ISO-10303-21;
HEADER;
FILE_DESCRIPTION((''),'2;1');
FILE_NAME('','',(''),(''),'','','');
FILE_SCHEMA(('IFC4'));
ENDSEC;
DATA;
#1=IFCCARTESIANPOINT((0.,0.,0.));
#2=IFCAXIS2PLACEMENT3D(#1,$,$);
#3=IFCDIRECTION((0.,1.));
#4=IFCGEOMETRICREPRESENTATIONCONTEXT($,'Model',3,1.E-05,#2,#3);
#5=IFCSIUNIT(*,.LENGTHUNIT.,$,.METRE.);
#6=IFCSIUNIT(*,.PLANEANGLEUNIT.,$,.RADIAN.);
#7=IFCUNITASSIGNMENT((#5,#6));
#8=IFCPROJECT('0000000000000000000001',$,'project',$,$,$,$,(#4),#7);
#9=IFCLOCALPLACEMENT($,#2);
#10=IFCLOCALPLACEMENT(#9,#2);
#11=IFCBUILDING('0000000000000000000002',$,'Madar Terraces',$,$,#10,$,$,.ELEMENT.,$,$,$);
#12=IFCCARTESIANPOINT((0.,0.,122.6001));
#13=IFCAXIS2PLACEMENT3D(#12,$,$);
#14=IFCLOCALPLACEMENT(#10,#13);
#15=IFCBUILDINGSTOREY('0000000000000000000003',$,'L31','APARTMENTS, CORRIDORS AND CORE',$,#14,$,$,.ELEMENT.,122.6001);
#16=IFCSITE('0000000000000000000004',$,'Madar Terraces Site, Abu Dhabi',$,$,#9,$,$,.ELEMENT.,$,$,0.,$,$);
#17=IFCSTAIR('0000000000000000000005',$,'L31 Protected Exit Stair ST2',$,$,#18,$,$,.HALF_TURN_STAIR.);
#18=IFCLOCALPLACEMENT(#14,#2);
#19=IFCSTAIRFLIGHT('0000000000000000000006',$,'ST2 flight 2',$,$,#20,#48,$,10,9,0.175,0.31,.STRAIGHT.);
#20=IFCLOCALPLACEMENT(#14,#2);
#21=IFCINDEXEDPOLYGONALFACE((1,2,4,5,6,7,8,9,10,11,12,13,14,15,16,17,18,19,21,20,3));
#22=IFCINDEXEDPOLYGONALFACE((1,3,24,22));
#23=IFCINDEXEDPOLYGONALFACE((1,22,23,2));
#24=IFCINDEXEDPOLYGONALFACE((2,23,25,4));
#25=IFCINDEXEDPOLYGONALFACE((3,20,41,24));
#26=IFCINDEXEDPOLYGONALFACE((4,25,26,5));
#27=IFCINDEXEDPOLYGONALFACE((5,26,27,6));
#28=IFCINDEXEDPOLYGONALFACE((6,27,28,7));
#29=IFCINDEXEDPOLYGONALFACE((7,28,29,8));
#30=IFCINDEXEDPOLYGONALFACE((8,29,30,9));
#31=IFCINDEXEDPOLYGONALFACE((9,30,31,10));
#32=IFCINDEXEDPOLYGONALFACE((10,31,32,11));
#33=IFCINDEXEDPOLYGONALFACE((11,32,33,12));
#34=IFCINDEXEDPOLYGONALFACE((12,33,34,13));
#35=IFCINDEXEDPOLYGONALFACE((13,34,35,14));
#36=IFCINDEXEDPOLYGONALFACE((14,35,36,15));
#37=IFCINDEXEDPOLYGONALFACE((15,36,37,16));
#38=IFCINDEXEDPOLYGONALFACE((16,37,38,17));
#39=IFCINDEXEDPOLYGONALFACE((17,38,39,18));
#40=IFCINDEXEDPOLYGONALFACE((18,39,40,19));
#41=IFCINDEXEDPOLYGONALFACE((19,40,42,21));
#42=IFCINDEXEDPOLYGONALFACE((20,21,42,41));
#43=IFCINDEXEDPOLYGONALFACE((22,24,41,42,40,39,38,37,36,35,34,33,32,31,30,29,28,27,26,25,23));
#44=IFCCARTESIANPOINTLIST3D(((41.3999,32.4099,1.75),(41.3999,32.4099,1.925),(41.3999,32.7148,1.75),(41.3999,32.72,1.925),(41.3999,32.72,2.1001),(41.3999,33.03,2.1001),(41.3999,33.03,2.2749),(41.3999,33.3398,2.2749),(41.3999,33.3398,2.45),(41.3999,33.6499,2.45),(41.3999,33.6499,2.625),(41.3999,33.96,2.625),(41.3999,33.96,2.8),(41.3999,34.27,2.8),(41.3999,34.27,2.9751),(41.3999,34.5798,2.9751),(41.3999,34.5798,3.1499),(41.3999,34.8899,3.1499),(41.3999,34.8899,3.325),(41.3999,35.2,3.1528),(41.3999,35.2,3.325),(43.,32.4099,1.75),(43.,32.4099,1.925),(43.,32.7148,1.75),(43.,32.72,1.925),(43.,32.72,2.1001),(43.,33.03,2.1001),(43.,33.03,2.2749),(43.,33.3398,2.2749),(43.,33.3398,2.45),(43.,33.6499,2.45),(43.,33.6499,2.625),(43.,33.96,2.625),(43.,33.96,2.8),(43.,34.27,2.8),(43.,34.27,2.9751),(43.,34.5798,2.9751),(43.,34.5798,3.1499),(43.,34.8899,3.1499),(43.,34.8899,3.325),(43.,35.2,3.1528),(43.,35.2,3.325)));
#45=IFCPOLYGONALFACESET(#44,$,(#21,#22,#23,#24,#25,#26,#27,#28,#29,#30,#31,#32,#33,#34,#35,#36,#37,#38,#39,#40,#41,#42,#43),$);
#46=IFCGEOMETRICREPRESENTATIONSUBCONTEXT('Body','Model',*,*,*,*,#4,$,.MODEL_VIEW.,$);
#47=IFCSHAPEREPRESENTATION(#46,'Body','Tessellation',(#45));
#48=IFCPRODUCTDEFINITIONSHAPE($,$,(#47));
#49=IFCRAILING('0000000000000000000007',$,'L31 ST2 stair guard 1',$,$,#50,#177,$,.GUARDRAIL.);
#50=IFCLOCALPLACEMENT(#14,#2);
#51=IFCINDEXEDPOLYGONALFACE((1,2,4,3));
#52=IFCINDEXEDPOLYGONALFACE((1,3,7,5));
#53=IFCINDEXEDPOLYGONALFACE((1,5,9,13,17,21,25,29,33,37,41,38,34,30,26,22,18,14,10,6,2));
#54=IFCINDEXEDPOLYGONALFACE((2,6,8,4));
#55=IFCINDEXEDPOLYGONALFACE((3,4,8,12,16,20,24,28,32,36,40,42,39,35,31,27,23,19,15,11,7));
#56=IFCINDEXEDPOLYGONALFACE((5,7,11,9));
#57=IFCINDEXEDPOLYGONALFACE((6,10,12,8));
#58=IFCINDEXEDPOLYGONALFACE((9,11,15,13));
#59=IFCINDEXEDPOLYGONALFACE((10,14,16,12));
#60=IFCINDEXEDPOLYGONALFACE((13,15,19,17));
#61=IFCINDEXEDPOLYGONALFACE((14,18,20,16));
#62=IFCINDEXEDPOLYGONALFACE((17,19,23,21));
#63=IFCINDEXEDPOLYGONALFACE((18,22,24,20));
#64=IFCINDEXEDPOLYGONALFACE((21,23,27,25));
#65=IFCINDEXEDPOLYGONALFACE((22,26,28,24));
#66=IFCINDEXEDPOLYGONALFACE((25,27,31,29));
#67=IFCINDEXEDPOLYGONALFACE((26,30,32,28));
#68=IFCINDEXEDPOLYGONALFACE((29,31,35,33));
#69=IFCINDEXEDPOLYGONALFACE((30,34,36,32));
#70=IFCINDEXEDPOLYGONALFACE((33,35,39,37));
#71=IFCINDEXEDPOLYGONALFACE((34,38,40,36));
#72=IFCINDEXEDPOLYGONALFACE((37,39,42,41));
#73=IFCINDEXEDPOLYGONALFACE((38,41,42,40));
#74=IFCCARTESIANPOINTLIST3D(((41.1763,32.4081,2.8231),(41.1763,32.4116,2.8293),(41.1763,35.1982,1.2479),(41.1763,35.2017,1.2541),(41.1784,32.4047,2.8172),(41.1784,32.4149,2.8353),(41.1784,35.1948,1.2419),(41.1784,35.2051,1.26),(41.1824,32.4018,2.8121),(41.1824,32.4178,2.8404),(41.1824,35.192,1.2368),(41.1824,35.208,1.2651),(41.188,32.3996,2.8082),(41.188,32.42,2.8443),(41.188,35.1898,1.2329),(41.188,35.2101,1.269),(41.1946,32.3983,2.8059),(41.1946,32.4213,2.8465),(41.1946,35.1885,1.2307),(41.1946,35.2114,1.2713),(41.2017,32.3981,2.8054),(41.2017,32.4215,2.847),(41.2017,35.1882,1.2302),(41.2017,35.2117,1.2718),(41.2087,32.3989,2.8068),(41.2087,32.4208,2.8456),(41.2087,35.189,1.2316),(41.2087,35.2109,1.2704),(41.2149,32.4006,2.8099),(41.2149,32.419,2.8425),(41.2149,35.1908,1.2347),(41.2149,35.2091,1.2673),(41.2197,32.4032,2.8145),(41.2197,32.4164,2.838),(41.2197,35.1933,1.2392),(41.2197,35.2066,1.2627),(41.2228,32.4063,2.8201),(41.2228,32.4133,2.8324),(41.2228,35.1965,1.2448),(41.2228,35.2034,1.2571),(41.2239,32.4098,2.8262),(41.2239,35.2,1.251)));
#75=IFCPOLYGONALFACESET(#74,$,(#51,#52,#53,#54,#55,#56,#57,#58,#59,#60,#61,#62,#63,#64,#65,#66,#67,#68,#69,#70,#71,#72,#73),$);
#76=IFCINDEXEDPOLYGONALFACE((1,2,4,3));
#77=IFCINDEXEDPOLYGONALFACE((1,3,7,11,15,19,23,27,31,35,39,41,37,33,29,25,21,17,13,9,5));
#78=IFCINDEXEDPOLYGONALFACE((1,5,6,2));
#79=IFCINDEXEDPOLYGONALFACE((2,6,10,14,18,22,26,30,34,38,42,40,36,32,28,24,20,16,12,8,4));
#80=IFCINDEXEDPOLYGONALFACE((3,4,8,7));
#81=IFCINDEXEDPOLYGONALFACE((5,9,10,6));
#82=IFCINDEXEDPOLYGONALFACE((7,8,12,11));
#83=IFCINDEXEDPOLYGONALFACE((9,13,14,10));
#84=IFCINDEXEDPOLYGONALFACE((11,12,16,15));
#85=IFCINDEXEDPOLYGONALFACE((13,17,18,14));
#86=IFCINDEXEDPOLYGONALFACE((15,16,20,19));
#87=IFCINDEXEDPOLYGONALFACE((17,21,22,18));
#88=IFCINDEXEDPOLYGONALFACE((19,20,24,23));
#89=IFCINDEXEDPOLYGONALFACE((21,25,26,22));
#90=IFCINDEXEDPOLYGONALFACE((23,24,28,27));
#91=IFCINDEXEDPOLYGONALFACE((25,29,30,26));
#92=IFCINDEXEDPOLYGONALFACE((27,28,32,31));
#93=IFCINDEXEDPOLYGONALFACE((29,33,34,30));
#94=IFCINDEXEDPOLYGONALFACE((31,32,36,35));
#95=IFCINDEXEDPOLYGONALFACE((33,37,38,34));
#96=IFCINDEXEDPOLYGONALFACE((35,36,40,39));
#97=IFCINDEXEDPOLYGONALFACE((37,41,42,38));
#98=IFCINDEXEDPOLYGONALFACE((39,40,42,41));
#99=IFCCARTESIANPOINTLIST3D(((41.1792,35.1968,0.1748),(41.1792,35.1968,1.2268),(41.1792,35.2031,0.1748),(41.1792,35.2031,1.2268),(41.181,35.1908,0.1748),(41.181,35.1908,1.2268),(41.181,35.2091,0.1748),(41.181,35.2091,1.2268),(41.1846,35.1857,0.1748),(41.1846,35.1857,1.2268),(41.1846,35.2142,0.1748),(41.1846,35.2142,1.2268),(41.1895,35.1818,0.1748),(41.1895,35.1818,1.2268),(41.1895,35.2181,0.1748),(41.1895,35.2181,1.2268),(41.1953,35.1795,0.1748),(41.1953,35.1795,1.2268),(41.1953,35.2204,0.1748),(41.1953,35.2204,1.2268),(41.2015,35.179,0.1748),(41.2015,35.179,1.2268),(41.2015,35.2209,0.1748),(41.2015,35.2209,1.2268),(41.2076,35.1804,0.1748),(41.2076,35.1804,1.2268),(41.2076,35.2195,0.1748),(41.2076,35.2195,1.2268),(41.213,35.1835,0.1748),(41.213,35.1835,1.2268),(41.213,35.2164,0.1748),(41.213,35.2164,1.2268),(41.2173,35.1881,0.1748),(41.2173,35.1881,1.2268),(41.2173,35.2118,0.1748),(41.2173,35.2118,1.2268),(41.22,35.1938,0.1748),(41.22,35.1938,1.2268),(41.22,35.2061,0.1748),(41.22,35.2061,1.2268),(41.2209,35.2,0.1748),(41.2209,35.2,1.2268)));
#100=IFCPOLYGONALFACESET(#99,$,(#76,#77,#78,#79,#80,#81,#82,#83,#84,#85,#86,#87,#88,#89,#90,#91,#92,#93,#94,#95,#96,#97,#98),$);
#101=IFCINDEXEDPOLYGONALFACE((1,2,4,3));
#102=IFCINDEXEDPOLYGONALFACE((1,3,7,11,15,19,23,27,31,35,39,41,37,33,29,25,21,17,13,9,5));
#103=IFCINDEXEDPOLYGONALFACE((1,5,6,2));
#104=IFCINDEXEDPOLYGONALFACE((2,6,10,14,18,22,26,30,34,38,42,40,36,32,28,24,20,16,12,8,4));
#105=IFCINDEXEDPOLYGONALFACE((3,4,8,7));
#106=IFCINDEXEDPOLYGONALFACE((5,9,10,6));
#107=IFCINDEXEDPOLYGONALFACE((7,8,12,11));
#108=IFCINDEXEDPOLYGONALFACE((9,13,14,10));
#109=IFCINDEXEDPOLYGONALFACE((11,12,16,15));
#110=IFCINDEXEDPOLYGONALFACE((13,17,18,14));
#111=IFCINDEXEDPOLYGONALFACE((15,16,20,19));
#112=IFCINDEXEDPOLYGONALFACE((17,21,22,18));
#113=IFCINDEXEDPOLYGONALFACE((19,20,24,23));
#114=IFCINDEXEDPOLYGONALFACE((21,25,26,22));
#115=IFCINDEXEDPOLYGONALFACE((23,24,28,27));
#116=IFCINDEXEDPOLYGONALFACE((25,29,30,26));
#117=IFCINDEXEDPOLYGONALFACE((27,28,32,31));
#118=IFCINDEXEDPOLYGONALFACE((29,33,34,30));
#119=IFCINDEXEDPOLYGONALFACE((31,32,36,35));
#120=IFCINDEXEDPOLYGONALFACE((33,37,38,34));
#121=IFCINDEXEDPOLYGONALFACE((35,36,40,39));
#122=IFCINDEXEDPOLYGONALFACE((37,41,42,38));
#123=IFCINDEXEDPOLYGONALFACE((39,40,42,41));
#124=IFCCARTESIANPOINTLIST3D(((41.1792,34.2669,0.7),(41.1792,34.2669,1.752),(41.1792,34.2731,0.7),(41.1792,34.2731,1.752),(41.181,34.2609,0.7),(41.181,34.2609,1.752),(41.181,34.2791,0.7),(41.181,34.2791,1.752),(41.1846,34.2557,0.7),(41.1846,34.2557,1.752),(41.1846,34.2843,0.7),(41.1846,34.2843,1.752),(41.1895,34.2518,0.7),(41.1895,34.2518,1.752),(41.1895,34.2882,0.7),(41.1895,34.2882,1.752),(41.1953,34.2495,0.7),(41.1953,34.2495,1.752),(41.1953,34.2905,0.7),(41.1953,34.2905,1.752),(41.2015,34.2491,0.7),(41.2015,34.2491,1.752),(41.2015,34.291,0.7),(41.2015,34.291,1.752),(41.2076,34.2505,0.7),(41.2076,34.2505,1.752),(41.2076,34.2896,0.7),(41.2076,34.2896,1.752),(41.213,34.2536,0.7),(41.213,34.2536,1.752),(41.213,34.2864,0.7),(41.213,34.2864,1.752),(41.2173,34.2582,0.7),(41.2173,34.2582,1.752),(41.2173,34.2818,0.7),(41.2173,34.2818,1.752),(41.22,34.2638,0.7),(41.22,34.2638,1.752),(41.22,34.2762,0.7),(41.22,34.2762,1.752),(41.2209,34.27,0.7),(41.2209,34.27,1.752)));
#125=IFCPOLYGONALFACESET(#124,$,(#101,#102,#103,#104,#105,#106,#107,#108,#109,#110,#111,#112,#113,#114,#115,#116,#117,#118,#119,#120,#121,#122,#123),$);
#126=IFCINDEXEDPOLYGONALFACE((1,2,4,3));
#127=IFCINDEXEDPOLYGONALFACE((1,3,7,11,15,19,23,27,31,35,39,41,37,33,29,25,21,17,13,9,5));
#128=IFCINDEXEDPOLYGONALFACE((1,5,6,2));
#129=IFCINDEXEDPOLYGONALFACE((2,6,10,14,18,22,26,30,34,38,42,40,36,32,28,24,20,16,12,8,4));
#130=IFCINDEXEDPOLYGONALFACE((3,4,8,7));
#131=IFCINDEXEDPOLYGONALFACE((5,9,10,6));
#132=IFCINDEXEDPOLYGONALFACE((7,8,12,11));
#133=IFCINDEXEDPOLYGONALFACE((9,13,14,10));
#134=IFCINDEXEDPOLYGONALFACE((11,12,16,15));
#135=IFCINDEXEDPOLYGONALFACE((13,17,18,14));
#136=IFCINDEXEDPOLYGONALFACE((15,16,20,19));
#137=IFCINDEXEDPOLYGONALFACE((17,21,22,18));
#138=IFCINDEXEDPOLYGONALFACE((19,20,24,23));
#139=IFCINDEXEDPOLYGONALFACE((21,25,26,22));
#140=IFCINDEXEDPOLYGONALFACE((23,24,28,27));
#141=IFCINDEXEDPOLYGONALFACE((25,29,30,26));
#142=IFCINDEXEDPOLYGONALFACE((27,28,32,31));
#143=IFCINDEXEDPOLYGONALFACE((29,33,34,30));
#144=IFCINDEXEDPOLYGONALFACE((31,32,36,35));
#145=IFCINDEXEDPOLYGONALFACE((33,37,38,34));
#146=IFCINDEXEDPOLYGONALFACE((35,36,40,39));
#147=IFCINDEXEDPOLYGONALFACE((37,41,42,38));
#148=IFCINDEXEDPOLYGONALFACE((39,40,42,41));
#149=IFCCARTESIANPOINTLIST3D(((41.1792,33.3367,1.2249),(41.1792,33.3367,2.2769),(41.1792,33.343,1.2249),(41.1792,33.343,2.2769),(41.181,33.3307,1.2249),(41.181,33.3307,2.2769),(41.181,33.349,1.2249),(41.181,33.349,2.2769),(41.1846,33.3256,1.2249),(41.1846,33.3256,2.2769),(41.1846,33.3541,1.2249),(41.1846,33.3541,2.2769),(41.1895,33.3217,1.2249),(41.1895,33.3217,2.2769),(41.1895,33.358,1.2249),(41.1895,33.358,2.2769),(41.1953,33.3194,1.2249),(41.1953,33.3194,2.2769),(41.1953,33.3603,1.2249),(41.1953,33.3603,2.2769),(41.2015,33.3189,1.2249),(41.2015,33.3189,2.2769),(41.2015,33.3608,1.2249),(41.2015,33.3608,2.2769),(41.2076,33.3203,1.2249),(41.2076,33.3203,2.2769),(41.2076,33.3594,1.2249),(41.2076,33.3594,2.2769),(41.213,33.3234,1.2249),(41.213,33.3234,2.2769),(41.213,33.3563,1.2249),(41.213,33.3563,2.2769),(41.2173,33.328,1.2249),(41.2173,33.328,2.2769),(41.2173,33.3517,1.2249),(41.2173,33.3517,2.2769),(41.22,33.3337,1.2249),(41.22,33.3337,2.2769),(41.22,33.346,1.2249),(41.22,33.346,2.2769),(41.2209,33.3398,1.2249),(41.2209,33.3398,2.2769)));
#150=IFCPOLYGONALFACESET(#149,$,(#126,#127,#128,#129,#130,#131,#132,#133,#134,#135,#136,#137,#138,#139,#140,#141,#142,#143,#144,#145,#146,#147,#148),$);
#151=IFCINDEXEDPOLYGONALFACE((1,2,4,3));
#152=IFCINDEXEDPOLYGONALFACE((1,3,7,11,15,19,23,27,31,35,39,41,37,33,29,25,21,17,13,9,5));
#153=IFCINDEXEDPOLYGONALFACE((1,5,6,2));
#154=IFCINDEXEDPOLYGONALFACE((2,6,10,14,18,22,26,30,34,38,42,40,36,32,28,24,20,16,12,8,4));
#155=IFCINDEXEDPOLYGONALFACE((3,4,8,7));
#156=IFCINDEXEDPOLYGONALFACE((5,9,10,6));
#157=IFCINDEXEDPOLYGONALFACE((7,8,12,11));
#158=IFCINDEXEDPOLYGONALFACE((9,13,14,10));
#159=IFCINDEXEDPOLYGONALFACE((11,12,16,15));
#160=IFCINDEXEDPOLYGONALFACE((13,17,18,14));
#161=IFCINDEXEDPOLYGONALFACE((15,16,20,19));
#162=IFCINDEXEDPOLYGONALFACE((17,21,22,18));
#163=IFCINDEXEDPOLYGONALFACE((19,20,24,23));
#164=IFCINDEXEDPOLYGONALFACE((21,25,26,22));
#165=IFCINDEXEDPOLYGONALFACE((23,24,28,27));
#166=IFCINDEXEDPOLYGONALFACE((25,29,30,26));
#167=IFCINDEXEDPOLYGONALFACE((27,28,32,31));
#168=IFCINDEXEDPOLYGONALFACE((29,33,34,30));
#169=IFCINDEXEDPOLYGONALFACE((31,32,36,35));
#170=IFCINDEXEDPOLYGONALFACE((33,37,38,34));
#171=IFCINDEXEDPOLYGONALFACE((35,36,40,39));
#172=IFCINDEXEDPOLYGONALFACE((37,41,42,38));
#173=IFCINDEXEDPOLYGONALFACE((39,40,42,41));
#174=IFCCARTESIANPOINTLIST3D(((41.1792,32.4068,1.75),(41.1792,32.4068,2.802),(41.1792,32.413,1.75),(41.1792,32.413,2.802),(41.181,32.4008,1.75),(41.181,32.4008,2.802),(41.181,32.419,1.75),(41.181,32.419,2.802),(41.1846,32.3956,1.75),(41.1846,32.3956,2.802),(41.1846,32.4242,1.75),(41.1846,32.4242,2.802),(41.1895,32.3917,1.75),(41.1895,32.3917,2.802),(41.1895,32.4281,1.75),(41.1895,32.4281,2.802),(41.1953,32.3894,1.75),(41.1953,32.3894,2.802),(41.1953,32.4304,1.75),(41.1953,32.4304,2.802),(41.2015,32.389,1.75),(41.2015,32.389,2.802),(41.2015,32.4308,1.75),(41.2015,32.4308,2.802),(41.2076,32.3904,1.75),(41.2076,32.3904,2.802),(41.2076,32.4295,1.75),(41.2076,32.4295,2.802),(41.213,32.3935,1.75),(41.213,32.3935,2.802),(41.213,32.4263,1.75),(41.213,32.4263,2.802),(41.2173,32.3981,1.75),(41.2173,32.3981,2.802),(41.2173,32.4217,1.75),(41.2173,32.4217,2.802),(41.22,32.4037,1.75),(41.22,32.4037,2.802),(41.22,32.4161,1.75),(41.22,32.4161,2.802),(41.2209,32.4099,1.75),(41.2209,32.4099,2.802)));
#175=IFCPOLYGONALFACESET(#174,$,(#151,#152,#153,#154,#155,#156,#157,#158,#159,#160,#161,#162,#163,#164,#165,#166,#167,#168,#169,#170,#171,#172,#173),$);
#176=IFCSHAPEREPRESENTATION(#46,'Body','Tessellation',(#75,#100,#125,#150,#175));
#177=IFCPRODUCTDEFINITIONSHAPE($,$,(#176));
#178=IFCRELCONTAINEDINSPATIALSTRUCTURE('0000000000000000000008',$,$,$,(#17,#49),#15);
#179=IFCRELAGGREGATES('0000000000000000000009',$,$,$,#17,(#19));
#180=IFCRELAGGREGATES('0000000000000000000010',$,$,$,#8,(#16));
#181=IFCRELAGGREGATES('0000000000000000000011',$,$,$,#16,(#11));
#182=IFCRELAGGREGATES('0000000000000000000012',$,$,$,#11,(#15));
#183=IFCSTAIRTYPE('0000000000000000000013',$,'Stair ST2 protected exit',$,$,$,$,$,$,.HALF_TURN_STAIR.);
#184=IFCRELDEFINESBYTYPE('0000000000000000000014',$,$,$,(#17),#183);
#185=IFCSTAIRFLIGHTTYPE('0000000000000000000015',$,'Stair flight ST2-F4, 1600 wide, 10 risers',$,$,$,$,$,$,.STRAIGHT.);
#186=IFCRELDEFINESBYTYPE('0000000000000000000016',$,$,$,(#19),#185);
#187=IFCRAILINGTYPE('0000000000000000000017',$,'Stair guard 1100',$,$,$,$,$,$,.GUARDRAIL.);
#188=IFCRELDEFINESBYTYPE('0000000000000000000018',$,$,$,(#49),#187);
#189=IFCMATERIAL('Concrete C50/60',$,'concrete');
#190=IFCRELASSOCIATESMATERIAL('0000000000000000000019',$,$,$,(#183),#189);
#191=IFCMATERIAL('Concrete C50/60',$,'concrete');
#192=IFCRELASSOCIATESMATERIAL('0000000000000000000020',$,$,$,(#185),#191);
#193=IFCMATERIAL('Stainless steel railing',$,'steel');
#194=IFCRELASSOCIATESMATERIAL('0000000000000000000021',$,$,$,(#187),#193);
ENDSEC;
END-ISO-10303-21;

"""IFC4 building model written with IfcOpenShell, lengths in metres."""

from ifc_helpers import new_model, si_unit, direction, frame, origin, origin_2d, place, context, subcontext, project, spatial, polyline, circle, outline, extrude, material, type_object, element, aggregate, save


model = new_model("IFC4")

# Units and contexts
model_context = context("Model", 3, precision=1e-05, world=origin(), true_north=direction((0.0, 1.0)))
body_context = subcontext(model_context, "Body", "Model", "MODEL_VIEW")
ifc_project = project(units=[si_unit("LENGTHUNIT", "METRE"), si_unit("PLANEANGLEUNIT", "RADIAN")], contexts=[model_context])

# Site, building, storey
site_placement = place(None, origin())
site = spatial("IfcSite", under=ifc_project, at=site_placement, Name="Madar Terraces Site, Abu Dhabi", CompositionType="ELEMENT", RefElevation=0.0)
building_placement = place(site_placement, origin())
building = spatial("IfcBuilding", under=site, at=building_placement, Name="Madar Terraces", CompositionType="ELEMENT")
storey_placement = place(building_placement, frame((0.0, 0.0, 122.6001)))
storey = spatial("IfcBuildingStorey", under=building, at=storey_placement, Name="L31", Description="APARTMENTS, CORRIDORS AND CORE", CompositionType="ELEMENT", Elevation=122.6001)

# Stair, stair flight
ifc_material_1 = material(Name="Concrete C50/60", Category="concrete")
stair_type = type_object("IfcStairType", Name="Stair ST2 protected exit", PredefinedType="HALF_TURN_STAIR", material=ifc_material_1)
stair_placement = place(storey_placement, origin())
stair = element("IfcStair", 1, at=stair_placement, inside=storey, type_object=stair_type, Name="L31 Protected Exit Stair ST2", PredefinedType="HALF_TURN_STAIR")
ifc_material_2 = material(Name="Concrete C50/60", Category="concrete")
stair_flight_type = type_object("IfcStairFlightType", Name="Stair flight ST2-F4, 1600 wide, 10 risers", PredefinedType="STRAIGHT", material=ifc_material_2)
stair_flight_1_placement = place(storey_placement, frame((42.2, 32.4099, 1.75), z_axis=(0.0, 0.0, 1.0), x_axis=(0.0, 1.0, 0.0)))
stair_flight_1 = element("IfcStairFlight", 2, at=stair_flight_1_placement, type_object=stair_flight_type, Name="ST2 flight 2", NumberOfRisers=10, NumberOfTreads=9, PredefinedType="STRAIGHT", RiserHeight=0.175, TreadLength=0.31, context=body_context, shape_type="SweptSolid", body=[
    extrude(outline(polyline([(0.0, 0.0), (0.0, 0.175), (0.3101, 0.175), (0.3101, 0.3501), (0.6201, 0.3501), (0.6201, 0.5249), (0.9299, 0.5249), (0.9299, 0.7), (1.24, 0.7), (1.24, 0.875), (1.55, 0.875), (1.55, 1.05), (1.8601, 1.05), (1.8601, 1.2251), (2.1699, 1.2251), (2.1699, 1.3999), (2.48, 1.3999), (2.48, 1.575), (2.79, 1.575), (2.79, 1.75), (2.79, 1.4028), (0.3049, 0.0), (0.0, 0.0)])), frame((0.0, 0.8, 0.0), z_axis=(0.0, -1.0, 0.0), x_axis=(1.0, 0.0, 0.0)), (0.0, 0.0, 1.0), 1.6001),
])
aggregate(stair, [stair_flight_1])

# Railing
ifc_material_3 = material(Name="Stainless steel railing", Category="steel")
railing_type_1 = type_object("IfcRailingType", Name="Stair guard 1100", PredefinedType="GUARDRAIL", material=ifc_material_3)
railing_1_placement = place(storey_placement, frame((41.2, 35.2, 0.1748)))
element("IfcRailing", 3, at=railing_1_placement, inside=storey, type_object=railing_type_1, Name="L31 ST2 stair guard 1", PredefinedType="GUARDRAIL", context=body_context, shape_type="SweptSolid", body=[
    extrude(circle(Radius=0.0239, at=origin_2d()), frame((0.0, 0.0, 1.0762), z_axis=(0.0, -0.870801, 0.491635), x_axis=(1.0, 0.0, 0.0)), (0.0, 0.0, 1.0), 3.2041),
    extrude(circle(Radius=0.021, at=origin_2d()), origin(), (0.0, 0.0, 1.0), 1.052),
    extrude(circle(Radius=0.021, at=origin_2d()), frame((0.0, -0.9299, 0.5251)), (0.0, 0.0, 1.0), 1.052),
    extrude(circle(Radius=0.021, at=origin_2d()), frame((0.0, -1.8601, 1.05)), (0.0, 0.0, 1.0), 1.052),
    extrude(circle(Radius=0.021, at=origin_2d()), frame((0.0, -2.79, 1.5752)), (0.0, 0.0, 1.0), 1.052),
])

save(model, "model.ifc")
